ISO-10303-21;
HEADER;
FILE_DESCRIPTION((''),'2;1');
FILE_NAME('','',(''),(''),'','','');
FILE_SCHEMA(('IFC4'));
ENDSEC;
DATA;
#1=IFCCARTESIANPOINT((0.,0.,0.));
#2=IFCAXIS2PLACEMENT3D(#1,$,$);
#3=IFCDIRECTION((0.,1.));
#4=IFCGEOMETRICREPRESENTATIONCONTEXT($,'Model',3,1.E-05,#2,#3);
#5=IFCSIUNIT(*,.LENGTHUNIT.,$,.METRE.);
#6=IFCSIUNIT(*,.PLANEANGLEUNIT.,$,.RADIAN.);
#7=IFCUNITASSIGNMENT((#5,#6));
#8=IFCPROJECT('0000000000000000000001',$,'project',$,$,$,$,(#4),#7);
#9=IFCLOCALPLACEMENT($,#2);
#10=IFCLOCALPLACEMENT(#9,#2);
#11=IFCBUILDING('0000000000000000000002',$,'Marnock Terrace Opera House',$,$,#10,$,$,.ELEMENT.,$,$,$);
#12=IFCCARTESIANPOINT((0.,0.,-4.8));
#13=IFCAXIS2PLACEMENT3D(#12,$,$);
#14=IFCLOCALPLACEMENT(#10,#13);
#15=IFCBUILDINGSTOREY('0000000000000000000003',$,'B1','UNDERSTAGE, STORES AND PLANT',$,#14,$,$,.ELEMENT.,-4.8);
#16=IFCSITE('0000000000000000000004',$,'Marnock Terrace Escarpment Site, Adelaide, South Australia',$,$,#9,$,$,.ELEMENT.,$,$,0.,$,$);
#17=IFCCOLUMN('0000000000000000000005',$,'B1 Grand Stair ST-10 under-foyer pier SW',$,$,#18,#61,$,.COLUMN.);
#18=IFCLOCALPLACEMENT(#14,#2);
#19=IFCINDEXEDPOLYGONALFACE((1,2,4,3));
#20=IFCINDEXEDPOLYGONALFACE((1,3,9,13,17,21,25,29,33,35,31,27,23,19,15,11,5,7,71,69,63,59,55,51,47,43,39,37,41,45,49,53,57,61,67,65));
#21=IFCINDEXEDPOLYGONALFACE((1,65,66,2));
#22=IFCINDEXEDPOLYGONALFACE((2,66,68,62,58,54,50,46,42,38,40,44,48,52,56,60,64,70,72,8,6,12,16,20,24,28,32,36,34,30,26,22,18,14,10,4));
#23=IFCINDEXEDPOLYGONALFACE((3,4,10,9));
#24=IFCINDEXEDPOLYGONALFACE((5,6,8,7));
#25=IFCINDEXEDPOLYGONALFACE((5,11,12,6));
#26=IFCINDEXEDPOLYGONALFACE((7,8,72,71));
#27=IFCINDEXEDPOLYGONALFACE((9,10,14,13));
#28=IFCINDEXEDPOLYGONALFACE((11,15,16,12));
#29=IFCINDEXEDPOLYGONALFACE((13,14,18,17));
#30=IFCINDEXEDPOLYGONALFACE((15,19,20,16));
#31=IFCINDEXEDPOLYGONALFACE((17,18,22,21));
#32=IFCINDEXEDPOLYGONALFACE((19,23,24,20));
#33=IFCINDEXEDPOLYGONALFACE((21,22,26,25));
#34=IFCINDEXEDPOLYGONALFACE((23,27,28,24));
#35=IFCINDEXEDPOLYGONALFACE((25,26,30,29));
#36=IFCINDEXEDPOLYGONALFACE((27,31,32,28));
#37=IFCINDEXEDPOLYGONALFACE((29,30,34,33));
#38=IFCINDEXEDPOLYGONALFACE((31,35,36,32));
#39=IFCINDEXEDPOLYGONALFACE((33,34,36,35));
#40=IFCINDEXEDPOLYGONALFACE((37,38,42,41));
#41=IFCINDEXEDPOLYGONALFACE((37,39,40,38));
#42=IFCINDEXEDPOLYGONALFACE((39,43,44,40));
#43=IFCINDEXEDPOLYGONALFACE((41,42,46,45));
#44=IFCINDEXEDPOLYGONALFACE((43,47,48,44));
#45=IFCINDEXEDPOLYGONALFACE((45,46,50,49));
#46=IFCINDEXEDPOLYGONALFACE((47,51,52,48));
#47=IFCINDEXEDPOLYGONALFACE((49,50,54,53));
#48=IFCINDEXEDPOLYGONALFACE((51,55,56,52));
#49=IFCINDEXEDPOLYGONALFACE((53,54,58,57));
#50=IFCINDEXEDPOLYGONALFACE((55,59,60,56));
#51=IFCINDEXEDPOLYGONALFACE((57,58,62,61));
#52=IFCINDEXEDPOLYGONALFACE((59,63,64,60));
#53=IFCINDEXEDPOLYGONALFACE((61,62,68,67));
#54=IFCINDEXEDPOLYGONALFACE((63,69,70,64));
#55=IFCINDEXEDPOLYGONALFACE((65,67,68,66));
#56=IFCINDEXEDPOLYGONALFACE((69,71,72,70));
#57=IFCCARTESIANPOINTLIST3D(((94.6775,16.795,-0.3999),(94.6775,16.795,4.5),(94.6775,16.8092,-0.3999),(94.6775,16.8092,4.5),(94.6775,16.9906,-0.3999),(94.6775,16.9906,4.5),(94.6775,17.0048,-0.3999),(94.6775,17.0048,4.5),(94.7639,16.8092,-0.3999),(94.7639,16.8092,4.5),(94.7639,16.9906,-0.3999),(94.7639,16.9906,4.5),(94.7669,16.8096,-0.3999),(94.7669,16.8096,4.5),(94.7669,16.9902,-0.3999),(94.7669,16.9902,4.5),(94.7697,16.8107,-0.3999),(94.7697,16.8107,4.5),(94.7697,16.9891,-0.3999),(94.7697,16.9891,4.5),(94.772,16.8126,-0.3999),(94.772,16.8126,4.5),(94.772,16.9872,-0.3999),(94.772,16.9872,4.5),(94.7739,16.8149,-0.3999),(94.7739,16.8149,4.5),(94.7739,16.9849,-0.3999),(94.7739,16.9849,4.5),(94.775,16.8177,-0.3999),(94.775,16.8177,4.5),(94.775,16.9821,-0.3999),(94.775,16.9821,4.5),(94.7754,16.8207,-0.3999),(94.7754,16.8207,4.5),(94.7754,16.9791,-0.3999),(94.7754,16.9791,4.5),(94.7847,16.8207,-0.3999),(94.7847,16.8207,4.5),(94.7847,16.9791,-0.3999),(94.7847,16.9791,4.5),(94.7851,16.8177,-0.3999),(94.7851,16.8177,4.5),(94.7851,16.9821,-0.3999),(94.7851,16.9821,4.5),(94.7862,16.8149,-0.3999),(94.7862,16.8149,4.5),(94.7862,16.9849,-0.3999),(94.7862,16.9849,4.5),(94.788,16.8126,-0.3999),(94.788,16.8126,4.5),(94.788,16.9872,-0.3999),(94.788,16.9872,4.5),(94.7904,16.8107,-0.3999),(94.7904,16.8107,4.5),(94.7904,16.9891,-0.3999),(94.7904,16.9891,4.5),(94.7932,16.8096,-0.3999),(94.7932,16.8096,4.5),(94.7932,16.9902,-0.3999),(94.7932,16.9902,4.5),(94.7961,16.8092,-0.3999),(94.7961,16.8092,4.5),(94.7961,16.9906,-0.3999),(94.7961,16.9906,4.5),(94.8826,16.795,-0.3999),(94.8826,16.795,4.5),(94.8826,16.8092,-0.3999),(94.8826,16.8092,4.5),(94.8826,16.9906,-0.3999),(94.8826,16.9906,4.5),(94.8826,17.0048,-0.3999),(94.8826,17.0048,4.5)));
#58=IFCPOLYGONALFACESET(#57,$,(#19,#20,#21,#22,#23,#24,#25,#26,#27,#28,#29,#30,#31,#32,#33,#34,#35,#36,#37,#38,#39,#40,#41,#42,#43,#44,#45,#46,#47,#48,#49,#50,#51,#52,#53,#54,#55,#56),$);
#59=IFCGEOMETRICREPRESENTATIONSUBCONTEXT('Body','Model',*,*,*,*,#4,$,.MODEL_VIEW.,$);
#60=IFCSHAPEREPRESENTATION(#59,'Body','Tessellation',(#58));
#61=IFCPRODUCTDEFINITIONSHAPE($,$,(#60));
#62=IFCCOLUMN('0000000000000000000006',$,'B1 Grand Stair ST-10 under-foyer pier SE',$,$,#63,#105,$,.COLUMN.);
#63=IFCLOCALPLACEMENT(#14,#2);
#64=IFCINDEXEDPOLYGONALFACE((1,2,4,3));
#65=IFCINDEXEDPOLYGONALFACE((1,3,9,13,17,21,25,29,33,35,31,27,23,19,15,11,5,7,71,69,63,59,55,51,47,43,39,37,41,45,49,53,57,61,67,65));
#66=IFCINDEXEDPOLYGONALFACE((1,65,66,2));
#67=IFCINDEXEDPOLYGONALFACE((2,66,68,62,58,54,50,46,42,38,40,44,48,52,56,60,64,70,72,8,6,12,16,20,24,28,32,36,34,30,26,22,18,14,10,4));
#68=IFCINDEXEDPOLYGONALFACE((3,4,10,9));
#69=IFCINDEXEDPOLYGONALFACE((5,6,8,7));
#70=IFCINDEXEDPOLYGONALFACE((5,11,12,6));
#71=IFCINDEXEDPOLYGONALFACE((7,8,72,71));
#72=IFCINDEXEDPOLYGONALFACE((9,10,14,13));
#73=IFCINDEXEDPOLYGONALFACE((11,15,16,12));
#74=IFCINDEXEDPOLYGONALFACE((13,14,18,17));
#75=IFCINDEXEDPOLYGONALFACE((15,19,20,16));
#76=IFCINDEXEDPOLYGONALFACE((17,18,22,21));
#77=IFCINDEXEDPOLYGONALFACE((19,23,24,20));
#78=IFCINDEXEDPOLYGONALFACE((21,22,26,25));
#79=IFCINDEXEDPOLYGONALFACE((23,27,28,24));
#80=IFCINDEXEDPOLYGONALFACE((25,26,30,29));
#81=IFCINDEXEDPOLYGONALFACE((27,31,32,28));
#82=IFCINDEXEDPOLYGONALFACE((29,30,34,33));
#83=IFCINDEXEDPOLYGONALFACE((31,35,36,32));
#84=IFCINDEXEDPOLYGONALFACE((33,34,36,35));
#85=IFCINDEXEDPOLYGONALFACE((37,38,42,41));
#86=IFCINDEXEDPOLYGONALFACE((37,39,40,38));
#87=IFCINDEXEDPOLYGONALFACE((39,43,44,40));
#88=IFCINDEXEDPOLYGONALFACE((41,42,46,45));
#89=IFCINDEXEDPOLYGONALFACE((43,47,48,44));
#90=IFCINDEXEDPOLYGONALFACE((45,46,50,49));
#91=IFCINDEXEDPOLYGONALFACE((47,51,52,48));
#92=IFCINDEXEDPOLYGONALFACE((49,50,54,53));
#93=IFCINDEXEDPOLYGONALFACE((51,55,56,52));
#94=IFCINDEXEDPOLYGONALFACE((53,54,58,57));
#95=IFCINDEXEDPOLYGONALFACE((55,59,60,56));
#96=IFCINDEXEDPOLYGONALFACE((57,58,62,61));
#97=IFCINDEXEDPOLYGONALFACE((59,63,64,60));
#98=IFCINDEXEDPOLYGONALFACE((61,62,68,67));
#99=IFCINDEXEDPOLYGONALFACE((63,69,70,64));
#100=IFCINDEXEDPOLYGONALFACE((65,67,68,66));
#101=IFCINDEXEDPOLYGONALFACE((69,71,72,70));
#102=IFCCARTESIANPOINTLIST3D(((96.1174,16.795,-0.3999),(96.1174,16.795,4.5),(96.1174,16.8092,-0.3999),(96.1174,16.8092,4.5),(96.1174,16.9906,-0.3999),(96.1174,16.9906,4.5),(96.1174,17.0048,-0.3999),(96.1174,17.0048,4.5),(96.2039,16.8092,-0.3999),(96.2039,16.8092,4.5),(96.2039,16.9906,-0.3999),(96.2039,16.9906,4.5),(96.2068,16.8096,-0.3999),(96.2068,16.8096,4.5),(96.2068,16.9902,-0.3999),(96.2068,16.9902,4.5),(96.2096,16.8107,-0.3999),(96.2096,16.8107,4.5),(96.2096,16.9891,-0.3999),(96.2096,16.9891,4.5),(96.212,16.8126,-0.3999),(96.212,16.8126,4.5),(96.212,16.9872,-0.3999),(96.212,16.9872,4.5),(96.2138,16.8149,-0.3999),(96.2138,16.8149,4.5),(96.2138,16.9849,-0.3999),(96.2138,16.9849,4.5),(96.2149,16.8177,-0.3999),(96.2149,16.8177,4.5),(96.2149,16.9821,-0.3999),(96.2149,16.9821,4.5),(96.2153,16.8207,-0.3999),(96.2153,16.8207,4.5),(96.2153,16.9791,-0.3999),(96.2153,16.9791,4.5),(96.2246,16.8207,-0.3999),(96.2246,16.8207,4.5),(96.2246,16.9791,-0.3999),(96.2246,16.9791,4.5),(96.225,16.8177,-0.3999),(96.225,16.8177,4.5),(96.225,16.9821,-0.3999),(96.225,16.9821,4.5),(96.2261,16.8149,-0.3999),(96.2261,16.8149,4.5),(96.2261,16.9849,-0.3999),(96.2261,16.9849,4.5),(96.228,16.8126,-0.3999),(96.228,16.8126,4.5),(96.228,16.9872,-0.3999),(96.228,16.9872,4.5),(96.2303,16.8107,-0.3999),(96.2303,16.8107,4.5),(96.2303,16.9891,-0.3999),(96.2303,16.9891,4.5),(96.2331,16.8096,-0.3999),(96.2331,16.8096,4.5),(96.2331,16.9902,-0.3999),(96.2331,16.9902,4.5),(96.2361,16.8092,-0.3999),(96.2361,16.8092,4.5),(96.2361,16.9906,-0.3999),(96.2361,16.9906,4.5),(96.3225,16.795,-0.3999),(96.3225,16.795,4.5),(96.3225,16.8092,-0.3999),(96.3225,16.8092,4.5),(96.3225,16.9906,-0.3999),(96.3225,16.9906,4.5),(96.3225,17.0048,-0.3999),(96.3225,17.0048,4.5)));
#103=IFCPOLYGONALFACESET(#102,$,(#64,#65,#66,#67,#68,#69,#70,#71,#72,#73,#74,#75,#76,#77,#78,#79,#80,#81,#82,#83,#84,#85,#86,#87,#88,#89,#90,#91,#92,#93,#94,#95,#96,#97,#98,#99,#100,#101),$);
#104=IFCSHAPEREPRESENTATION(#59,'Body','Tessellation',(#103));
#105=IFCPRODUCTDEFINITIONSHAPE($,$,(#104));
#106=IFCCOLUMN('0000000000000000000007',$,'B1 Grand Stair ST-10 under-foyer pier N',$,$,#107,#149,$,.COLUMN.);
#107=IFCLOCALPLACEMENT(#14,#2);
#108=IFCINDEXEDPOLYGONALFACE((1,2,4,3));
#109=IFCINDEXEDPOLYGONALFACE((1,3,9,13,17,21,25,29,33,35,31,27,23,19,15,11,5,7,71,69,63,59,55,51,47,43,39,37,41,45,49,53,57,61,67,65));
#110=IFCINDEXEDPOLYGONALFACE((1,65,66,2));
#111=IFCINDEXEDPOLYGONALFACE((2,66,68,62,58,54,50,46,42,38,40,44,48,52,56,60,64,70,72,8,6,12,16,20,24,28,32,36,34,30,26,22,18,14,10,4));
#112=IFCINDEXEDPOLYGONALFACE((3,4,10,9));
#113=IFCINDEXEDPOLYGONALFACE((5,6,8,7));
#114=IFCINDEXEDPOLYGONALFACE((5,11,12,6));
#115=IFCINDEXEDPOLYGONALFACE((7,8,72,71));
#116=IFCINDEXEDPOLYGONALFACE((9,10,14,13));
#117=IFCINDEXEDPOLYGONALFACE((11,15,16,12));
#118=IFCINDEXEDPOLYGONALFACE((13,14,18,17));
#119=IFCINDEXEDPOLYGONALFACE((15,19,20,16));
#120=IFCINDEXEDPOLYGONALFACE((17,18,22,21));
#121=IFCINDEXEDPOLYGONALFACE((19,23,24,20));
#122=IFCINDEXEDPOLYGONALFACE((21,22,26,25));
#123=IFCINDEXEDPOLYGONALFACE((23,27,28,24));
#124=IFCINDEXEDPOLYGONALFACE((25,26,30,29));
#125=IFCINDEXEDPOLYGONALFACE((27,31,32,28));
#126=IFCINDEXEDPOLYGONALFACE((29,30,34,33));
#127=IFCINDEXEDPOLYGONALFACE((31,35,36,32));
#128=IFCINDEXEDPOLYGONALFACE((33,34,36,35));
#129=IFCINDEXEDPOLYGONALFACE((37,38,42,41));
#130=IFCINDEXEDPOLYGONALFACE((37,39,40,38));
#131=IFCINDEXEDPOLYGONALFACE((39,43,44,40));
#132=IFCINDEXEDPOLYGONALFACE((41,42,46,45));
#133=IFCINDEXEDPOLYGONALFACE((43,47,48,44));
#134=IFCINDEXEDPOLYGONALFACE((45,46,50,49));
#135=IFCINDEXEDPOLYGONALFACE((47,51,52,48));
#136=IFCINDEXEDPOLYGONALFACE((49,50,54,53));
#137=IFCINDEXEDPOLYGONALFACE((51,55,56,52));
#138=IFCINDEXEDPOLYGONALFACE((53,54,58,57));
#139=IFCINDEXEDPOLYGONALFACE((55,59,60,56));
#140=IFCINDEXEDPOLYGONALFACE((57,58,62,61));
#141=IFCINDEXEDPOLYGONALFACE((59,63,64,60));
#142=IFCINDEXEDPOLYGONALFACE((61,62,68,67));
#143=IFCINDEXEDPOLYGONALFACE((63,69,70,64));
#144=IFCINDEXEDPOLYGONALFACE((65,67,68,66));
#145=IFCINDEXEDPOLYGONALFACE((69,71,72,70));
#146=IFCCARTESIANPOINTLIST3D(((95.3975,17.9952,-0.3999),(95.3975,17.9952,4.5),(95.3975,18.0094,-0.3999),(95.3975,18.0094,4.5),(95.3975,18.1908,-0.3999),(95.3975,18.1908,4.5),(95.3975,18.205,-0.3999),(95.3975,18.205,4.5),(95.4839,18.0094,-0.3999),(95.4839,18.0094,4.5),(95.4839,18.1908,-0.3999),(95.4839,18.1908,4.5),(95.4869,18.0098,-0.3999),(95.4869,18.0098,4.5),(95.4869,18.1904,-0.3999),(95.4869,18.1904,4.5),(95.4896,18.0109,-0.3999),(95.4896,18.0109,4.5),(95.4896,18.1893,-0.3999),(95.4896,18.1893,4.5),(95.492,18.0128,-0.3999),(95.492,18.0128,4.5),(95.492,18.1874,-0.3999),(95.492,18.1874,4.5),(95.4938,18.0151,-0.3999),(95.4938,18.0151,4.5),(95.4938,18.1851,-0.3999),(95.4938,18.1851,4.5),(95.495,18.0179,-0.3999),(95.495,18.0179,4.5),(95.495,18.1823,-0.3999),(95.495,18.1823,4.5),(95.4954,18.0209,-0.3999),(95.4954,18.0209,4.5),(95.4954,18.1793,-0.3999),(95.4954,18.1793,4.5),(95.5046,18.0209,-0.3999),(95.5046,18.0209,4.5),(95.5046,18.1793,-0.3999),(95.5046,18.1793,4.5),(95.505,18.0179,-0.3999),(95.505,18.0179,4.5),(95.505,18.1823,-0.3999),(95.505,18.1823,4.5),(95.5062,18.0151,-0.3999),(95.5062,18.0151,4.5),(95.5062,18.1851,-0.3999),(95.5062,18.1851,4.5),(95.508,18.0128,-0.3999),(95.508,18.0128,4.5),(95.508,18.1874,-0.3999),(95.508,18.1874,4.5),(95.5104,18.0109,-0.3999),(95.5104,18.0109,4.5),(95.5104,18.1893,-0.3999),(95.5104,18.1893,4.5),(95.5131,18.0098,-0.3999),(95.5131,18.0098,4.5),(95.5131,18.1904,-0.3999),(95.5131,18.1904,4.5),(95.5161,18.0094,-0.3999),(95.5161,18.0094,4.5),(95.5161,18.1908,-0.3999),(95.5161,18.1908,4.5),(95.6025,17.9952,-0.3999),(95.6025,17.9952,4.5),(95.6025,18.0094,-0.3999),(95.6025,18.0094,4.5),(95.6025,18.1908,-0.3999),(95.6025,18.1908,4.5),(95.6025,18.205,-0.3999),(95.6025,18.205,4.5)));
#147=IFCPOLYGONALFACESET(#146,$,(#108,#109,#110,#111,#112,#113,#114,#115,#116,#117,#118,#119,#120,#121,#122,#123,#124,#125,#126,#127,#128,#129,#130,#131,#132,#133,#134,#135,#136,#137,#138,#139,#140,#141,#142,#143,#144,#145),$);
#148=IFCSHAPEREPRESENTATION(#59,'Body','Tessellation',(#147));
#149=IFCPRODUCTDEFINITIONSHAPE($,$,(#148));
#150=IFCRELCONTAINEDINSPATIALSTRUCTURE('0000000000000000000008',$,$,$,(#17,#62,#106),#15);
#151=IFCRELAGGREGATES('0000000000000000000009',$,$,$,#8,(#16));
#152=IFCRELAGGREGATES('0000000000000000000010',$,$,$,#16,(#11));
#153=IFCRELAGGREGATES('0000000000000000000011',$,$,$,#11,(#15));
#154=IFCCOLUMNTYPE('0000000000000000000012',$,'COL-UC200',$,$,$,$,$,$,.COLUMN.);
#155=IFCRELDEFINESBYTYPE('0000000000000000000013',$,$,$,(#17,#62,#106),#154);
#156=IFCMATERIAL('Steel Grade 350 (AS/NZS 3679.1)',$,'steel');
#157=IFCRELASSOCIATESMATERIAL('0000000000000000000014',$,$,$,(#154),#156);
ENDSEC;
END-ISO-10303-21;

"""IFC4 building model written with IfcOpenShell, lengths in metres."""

from ifc_helpers import new_model, si_unit, direction, frame, origin, origin_2d, place, context, subcontext, project, spatial, i_section, extrude, material, material_profile, profile_set, type_object, element, save


model = new_model("IFC4")

# Units and contexts
model_context = context("Model", 3, precision=1e-05, world=origin(), true_north=direction((0.0, 1.0)))
body_context = subcontext(model_context, "Body", "Model", "MODEL_VIEW")
ifc_project = project(units=[si_unit("LENGTHUNIT", "METRE"), si_unit("PLANEANGLEUNIT", "RADIAN")], contexts=[model_context])

# Site, building, storey
site_placement = place(None, origin())
site = spatial("IfcSite", under=ifc_project, at=site_placement, Name="Marnock Terrace Escarpment Site, Adelaide, South Australia", CompositionType="ELEMENT", RefElevation=0.0)
building_placement = place(site_placement, origin())
building = spatial("IfcBuilding", under=site, at=building_placement, Name="Marnock Terrace Opera House", CompositionType="ELEMENT")
storey_placement = place(building_placement, frame((0.0, 0.0, -4.8)))
storey = spatial("IfcBuildingStorey", under=building, at=storey_placement, Name="B1", Description="UNDERSTAGE, STORES AND PLANT", CompositionType="ELEMENT", Elevation=-4.8)

# Columns
ifc_material_1 = material(Name="Steel Grade 350 (AS/NZS 3679.1)", Category="steel")
ifc_material_profile_1 = material_profile(ifc_material_1, i_section(OverallWidth=0.2051, OverallDepth=0.2097, WebThickness=0.0093, FlangeThickness=0.0142, FilletRadius=0.0115, at=origin_2d()))
ifc_profile_set_1 = profile_set([ifc_material_profile_1], Name="Steel Grade 350 (AS/NZS 3679.1)")
column_type_1 = type_object("IfcColumnType", Name="COL-UC200", PredefinedType="COLUMN", material=ifc_profile_set_1)
for number, where, z_axis, x_axis, name in (
    (1, (94.78, 16.8999, -0.3999), (0.0, 0.0, 1.0), (1.0, 0.0, 0.0), "B1 Grand Stair ST-10 under-foyer pier SW"),
    (2, (96.22, 16.8999, -0.3999), (0.0, 0.0, 1.0), (1.0, 0.0, 0.0), "B1 Grand Stair ST-10 under-foyer pier SE"),
    (3, (95.5, 18.1001, -0.3999), (0.0, 0.0, 1.0), (1.0, 0.0, 0.0), "B1 Grand Stair ST-10 under-foyer pier N"),
):
    element("IfcColumn", number, at=place(storey_placement, frame(where, z_axis=z_axis, x_axis=x_axis)), inside=storey, type_object=column_type_1, Name=name, PredefinedType="COLUMN", context=body_context, shape_type="SweptSolid", body=[
        extrude(i_section(OverallWidth=0.2051, OverallDepth=0.2097, WebThickness=0.0093, FlangeThickness=0.0142, FilletRadius=0.0115, at=origin_2d()), origin(), (0.0, 0.0, 1.0), 4.8999),
    ])

save(model, "model.ifc")
